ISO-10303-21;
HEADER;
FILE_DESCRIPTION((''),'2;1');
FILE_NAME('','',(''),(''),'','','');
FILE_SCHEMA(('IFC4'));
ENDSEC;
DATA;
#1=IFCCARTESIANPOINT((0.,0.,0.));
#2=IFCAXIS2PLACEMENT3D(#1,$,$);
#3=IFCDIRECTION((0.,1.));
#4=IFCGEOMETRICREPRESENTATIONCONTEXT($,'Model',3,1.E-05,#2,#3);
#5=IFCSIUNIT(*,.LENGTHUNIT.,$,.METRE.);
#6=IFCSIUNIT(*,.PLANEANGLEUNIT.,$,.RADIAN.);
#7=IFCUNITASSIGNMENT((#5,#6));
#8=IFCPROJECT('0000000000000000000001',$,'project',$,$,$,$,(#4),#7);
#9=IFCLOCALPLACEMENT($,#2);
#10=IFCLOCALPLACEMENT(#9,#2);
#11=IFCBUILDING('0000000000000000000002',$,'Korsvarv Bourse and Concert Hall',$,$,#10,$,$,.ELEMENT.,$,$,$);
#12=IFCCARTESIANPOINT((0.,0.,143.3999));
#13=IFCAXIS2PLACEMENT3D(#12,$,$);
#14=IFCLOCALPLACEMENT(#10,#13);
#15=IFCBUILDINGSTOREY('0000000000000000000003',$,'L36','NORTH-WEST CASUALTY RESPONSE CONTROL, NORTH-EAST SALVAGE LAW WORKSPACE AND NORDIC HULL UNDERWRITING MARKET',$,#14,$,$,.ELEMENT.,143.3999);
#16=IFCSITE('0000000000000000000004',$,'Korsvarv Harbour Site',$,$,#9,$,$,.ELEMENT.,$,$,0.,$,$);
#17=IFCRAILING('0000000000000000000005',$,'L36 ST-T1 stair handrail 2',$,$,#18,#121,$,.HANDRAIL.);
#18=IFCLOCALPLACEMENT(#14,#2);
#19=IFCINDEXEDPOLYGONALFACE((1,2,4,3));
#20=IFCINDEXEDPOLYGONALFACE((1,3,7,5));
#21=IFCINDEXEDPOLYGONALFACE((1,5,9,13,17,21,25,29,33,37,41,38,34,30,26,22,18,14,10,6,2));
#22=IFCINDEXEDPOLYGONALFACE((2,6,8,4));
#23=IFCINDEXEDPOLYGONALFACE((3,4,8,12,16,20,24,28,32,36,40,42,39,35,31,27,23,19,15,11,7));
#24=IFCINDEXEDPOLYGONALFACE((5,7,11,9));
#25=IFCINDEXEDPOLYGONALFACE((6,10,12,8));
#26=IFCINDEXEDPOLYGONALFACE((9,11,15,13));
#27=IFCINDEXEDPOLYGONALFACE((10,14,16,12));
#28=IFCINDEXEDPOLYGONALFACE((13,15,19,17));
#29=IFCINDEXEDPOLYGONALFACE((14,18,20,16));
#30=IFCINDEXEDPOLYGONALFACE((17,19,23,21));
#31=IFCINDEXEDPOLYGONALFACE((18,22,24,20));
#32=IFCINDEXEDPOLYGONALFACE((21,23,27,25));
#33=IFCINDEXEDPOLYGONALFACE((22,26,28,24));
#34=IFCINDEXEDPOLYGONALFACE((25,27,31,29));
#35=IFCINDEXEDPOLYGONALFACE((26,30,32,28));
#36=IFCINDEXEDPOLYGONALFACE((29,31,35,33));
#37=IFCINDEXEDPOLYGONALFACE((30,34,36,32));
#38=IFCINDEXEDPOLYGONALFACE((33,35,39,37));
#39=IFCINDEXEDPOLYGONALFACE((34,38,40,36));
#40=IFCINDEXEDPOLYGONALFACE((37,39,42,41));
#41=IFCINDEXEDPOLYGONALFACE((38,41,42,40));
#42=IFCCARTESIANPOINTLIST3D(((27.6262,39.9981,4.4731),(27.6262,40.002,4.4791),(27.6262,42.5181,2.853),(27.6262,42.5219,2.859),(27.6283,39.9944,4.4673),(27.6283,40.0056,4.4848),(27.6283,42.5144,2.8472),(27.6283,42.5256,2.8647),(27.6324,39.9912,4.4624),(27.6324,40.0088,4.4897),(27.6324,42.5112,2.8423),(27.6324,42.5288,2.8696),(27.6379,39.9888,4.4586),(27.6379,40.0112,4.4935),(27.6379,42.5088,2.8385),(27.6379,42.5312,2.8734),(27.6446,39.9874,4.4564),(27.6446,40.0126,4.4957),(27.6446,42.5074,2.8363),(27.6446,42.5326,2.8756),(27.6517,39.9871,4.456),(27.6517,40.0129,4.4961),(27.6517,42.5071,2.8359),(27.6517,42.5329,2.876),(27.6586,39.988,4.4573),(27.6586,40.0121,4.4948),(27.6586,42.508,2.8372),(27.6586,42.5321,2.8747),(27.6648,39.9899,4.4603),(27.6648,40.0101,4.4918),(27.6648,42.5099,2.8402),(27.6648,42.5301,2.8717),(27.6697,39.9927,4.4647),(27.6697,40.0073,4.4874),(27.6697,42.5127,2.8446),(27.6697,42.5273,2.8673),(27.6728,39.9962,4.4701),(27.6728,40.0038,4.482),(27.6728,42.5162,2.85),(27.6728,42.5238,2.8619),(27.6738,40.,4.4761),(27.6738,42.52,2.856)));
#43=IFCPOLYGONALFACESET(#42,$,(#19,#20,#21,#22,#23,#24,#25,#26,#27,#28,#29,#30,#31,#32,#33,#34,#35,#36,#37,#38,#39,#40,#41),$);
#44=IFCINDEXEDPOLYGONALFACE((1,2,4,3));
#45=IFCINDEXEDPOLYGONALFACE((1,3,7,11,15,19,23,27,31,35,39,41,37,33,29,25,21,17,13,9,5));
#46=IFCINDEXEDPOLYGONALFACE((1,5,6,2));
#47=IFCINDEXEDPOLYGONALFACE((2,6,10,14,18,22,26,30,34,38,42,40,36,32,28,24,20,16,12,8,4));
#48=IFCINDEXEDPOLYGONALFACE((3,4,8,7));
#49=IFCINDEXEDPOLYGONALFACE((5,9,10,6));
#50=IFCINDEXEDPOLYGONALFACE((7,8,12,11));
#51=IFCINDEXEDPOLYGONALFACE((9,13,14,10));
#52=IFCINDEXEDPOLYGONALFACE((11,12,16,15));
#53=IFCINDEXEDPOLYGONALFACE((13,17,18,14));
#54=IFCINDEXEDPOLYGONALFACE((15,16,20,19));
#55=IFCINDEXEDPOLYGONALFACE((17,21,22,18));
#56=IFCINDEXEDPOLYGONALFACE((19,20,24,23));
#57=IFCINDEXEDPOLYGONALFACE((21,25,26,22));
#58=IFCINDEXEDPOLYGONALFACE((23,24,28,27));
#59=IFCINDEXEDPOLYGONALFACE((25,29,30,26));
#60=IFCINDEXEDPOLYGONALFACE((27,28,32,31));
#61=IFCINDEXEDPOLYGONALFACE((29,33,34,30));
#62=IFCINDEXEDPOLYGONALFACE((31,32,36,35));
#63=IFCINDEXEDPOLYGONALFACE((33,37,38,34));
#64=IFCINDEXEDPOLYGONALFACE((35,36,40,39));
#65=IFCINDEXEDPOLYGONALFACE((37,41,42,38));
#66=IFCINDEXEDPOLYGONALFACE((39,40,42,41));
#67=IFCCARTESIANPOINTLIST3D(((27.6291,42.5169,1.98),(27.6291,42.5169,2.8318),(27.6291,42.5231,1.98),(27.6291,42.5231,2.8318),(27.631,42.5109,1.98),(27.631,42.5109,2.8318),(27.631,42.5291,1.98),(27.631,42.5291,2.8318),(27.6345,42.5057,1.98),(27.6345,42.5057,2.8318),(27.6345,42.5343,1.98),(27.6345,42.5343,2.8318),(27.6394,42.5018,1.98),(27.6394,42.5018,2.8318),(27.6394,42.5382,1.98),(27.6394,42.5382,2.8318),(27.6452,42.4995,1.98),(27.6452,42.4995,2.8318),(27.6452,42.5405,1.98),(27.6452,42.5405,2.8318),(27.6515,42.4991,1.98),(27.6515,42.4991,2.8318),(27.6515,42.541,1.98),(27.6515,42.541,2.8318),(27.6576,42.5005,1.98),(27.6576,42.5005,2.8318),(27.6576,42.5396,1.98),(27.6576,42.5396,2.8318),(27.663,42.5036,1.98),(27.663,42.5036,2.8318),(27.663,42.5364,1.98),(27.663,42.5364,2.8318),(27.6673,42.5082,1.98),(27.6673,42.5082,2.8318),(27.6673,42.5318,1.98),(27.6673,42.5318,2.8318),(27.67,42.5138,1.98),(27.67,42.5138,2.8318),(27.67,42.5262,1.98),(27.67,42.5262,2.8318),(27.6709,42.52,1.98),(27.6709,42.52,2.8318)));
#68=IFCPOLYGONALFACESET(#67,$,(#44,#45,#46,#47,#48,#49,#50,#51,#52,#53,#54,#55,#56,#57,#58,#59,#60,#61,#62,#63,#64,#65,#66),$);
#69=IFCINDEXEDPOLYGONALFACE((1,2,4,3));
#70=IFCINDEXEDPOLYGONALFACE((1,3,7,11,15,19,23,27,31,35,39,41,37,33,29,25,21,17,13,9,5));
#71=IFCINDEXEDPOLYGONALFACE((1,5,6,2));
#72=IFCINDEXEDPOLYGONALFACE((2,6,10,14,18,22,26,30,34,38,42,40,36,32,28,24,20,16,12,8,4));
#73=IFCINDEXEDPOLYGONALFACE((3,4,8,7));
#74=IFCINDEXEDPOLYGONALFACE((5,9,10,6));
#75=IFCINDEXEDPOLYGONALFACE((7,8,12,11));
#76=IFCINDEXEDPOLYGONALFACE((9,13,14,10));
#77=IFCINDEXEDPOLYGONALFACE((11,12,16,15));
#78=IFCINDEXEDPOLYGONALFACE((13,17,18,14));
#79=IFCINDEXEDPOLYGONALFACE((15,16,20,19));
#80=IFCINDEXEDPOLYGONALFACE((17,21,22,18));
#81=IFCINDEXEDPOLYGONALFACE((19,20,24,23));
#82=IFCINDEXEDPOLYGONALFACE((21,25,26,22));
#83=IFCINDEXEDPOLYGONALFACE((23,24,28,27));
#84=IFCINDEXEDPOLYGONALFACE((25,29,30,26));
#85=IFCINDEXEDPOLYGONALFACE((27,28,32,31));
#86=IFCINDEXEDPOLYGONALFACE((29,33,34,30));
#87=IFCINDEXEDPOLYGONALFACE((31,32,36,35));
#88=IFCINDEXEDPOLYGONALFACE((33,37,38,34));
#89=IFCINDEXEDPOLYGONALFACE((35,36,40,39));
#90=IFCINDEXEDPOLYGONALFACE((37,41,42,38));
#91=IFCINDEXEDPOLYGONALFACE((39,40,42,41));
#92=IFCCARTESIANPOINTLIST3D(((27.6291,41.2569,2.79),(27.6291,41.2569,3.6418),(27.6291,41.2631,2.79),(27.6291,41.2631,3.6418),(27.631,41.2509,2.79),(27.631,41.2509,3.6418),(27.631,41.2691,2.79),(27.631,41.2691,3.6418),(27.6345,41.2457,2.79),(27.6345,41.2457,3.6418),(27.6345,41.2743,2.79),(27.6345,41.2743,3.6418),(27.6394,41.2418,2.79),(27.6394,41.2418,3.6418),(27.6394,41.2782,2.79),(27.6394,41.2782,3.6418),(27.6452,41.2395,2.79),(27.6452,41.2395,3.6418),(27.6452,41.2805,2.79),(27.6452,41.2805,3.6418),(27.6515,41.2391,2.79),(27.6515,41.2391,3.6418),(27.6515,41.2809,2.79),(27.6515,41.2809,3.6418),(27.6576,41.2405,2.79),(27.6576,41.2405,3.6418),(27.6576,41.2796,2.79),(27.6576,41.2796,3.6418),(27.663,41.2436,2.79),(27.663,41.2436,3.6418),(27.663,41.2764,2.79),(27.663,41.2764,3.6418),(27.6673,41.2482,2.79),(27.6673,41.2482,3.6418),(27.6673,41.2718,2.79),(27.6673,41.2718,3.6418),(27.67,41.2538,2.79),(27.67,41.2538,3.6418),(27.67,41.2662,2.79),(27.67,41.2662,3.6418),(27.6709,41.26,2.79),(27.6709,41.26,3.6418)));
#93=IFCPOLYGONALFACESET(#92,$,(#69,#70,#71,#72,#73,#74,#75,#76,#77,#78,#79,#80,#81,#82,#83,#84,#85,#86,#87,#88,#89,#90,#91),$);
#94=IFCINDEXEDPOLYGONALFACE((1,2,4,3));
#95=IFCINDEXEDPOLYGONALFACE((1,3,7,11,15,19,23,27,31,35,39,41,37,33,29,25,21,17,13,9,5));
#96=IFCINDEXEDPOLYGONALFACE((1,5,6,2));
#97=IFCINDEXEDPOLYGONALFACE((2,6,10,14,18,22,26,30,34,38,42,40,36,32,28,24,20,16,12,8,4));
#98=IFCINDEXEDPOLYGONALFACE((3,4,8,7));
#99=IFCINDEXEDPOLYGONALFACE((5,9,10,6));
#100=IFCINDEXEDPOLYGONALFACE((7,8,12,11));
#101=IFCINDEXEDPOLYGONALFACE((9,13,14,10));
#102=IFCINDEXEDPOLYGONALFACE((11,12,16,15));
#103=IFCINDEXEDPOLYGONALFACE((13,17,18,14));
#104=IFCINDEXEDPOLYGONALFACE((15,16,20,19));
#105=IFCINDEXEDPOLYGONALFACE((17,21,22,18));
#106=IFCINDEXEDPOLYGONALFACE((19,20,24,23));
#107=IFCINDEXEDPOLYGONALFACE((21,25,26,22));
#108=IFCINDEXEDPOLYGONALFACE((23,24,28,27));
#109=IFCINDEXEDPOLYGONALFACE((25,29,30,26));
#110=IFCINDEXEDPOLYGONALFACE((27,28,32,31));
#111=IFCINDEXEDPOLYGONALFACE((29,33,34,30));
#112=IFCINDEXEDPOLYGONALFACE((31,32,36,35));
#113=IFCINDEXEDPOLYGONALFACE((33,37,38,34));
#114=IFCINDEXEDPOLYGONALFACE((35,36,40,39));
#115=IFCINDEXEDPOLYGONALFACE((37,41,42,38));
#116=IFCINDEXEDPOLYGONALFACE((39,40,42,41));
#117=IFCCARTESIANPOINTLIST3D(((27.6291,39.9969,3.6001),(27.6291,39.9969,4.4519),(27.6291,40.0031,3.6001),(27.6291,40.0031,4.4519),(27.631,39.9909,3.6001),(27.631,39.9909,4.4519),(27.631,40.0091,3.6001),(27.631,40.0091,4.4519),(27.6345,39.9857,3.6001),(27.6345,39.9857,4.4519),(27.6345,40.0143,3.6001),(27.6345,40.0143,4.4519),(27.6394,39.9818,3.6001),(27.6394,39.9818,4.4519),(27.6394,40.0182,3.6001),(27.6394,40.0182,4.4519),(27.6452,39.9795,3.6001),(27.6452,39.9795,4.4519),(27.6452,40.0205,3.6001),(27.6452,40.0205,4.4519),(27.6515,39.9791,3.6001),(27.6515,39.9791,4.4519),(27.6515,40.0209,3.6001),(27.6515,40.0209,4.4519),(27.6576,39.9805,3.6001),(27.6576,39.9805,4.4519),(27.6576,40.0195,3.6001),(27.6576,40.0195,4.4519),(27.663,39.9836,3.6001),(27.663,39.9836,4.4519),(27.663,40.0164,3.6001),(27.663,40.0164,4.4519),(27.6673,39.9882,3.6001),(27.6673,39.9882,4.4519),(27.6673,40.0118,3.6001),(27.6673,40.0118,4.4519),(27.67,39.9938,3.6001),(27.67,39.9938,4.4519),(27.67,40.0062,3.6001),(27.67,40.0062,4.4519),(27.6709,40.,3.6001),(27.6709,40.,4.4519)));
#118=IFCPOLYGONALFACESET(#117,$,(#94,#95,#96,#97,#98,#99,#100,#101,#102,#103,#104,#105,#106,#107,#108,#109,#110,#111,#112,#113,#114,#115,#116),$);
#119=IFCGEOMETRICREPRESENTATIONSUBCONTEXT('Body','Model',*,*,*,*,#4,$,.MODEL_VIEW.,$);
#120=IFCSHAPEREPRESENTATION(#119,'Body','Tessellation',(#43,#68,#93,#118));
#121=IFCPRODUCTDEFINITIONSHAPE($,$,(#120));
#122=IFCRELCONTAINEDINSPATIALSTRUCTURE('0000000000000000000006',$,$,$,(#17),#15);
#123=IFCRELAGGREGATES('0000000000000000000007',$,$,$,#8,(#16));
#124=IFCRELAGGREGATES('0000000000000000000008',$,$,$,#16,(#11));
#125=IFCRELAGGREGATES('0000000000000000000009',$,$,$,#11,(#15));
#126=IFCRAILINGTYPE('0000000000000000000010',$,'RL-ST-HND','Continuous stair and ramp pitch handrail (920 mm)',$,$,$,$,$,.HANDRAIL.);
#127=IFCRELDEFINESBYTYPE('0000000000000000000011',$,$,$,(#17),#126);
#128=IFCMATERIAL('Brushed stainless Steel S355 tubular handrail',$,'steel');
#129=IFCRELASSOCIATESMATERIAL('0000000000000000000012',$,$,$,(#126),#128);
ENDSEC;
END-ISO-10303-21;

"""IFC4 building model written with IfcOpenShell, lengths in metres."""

from ifc_helpers import new_model, si_unit, direction, frame, origin, origin_2d, place, context, subcontext, project, spatial, circle, extrude, material, type_object, element, save


model = new_model("IFC4")

# Units and contexts
model_context = context("Model", 3, precision=1e-05, world=origin(), true_north=direction((0.0, 1.0)))
body_context = subcontext(model_context, "Body", "Model", "MODEL_VIEW")
ifc_project = project(units=[si_unit("LENGTHUNIT", "METRE"), si_unit("PLANEANGLEUNIT", "RADIAN")], contexts=[model_context])

# Site, building, storey
site_placement = place(None, origin())
site = spatial("IfcSite", under=ifc_project, at=site_placement, Name="Korsvarv Harbour Site", CompositionType="ELEMENT", RefElevation=0.0)
building_placement = place(site_placement, origin())
building = spatial("IfcBuilding", under=site, at=building_placement, Name="Korsvarv Bourse and Concert Hall", CompositionType="ELEMENT")
storey_placement = place(building_placement, frame((0.0, 0.0, 143.3999)))
storey = spatial("IfcBuildingStorey", under=building, at=storey_placement, Name="L36", Description="NORTH-WEST CASUALTY RESPONSE CONTROL, NORTH-EAST SALVAGE LAW WORKSPACE AND NORDIC HULL UNDERWRITING MARKET", CompositionType="ELEMENT", Elevation=143.3999)

# Railing
ifc_material_1 = material(Name="Brushed stainless Steel S355 tubular handrail", Category="steel")
railing_type_1 = type_object("IfcRailingType", Name="RL-ST-HND", Description="Continuous stair and ramp pitch handrail (920 mm)", PredefinedType="HANDRAIL", material=ifc_material_1)
railing_1_placement = place(storey_placement, frame((27.6499, 42.52, 1.98)))
element("IfcRailing", 1, at=railing_1_placement, inside=storey, type_object=railing_type_1, Name="L36 ST-T1 stair handrail 2", PredefinedType="HANDRAIL", context=body_context, shape_type="SweptSolid", body=[
    extrude(circle(Radius=0.0239, at=origin_2d()), frame((0.0, 0.0, 0.876), z_axis=(0.0, -0.841163, 0.540782), x_axis=(1.0, 0.0, 0.0)), (0.0, 0.0, 1.0), 2.9958),
    extrude(circle(Radius=0.021, at=origin_2d()), origin(), (0.0, 0.0, 1.0), 0.8518),
    extrude(circle(Radius=0.021, at=origin_2d()), frame((0.0, -1.26, 0.8101)), (0.0, 0.0, 1.0), 0.8518),
    extrude(circle(Radius=0.021, at=origin_2d()), frame((0.0, -2.52, 1.6201)), (0.0, 0.0, 1.0), 0.8518),
])

save(model, "model.ifc")
